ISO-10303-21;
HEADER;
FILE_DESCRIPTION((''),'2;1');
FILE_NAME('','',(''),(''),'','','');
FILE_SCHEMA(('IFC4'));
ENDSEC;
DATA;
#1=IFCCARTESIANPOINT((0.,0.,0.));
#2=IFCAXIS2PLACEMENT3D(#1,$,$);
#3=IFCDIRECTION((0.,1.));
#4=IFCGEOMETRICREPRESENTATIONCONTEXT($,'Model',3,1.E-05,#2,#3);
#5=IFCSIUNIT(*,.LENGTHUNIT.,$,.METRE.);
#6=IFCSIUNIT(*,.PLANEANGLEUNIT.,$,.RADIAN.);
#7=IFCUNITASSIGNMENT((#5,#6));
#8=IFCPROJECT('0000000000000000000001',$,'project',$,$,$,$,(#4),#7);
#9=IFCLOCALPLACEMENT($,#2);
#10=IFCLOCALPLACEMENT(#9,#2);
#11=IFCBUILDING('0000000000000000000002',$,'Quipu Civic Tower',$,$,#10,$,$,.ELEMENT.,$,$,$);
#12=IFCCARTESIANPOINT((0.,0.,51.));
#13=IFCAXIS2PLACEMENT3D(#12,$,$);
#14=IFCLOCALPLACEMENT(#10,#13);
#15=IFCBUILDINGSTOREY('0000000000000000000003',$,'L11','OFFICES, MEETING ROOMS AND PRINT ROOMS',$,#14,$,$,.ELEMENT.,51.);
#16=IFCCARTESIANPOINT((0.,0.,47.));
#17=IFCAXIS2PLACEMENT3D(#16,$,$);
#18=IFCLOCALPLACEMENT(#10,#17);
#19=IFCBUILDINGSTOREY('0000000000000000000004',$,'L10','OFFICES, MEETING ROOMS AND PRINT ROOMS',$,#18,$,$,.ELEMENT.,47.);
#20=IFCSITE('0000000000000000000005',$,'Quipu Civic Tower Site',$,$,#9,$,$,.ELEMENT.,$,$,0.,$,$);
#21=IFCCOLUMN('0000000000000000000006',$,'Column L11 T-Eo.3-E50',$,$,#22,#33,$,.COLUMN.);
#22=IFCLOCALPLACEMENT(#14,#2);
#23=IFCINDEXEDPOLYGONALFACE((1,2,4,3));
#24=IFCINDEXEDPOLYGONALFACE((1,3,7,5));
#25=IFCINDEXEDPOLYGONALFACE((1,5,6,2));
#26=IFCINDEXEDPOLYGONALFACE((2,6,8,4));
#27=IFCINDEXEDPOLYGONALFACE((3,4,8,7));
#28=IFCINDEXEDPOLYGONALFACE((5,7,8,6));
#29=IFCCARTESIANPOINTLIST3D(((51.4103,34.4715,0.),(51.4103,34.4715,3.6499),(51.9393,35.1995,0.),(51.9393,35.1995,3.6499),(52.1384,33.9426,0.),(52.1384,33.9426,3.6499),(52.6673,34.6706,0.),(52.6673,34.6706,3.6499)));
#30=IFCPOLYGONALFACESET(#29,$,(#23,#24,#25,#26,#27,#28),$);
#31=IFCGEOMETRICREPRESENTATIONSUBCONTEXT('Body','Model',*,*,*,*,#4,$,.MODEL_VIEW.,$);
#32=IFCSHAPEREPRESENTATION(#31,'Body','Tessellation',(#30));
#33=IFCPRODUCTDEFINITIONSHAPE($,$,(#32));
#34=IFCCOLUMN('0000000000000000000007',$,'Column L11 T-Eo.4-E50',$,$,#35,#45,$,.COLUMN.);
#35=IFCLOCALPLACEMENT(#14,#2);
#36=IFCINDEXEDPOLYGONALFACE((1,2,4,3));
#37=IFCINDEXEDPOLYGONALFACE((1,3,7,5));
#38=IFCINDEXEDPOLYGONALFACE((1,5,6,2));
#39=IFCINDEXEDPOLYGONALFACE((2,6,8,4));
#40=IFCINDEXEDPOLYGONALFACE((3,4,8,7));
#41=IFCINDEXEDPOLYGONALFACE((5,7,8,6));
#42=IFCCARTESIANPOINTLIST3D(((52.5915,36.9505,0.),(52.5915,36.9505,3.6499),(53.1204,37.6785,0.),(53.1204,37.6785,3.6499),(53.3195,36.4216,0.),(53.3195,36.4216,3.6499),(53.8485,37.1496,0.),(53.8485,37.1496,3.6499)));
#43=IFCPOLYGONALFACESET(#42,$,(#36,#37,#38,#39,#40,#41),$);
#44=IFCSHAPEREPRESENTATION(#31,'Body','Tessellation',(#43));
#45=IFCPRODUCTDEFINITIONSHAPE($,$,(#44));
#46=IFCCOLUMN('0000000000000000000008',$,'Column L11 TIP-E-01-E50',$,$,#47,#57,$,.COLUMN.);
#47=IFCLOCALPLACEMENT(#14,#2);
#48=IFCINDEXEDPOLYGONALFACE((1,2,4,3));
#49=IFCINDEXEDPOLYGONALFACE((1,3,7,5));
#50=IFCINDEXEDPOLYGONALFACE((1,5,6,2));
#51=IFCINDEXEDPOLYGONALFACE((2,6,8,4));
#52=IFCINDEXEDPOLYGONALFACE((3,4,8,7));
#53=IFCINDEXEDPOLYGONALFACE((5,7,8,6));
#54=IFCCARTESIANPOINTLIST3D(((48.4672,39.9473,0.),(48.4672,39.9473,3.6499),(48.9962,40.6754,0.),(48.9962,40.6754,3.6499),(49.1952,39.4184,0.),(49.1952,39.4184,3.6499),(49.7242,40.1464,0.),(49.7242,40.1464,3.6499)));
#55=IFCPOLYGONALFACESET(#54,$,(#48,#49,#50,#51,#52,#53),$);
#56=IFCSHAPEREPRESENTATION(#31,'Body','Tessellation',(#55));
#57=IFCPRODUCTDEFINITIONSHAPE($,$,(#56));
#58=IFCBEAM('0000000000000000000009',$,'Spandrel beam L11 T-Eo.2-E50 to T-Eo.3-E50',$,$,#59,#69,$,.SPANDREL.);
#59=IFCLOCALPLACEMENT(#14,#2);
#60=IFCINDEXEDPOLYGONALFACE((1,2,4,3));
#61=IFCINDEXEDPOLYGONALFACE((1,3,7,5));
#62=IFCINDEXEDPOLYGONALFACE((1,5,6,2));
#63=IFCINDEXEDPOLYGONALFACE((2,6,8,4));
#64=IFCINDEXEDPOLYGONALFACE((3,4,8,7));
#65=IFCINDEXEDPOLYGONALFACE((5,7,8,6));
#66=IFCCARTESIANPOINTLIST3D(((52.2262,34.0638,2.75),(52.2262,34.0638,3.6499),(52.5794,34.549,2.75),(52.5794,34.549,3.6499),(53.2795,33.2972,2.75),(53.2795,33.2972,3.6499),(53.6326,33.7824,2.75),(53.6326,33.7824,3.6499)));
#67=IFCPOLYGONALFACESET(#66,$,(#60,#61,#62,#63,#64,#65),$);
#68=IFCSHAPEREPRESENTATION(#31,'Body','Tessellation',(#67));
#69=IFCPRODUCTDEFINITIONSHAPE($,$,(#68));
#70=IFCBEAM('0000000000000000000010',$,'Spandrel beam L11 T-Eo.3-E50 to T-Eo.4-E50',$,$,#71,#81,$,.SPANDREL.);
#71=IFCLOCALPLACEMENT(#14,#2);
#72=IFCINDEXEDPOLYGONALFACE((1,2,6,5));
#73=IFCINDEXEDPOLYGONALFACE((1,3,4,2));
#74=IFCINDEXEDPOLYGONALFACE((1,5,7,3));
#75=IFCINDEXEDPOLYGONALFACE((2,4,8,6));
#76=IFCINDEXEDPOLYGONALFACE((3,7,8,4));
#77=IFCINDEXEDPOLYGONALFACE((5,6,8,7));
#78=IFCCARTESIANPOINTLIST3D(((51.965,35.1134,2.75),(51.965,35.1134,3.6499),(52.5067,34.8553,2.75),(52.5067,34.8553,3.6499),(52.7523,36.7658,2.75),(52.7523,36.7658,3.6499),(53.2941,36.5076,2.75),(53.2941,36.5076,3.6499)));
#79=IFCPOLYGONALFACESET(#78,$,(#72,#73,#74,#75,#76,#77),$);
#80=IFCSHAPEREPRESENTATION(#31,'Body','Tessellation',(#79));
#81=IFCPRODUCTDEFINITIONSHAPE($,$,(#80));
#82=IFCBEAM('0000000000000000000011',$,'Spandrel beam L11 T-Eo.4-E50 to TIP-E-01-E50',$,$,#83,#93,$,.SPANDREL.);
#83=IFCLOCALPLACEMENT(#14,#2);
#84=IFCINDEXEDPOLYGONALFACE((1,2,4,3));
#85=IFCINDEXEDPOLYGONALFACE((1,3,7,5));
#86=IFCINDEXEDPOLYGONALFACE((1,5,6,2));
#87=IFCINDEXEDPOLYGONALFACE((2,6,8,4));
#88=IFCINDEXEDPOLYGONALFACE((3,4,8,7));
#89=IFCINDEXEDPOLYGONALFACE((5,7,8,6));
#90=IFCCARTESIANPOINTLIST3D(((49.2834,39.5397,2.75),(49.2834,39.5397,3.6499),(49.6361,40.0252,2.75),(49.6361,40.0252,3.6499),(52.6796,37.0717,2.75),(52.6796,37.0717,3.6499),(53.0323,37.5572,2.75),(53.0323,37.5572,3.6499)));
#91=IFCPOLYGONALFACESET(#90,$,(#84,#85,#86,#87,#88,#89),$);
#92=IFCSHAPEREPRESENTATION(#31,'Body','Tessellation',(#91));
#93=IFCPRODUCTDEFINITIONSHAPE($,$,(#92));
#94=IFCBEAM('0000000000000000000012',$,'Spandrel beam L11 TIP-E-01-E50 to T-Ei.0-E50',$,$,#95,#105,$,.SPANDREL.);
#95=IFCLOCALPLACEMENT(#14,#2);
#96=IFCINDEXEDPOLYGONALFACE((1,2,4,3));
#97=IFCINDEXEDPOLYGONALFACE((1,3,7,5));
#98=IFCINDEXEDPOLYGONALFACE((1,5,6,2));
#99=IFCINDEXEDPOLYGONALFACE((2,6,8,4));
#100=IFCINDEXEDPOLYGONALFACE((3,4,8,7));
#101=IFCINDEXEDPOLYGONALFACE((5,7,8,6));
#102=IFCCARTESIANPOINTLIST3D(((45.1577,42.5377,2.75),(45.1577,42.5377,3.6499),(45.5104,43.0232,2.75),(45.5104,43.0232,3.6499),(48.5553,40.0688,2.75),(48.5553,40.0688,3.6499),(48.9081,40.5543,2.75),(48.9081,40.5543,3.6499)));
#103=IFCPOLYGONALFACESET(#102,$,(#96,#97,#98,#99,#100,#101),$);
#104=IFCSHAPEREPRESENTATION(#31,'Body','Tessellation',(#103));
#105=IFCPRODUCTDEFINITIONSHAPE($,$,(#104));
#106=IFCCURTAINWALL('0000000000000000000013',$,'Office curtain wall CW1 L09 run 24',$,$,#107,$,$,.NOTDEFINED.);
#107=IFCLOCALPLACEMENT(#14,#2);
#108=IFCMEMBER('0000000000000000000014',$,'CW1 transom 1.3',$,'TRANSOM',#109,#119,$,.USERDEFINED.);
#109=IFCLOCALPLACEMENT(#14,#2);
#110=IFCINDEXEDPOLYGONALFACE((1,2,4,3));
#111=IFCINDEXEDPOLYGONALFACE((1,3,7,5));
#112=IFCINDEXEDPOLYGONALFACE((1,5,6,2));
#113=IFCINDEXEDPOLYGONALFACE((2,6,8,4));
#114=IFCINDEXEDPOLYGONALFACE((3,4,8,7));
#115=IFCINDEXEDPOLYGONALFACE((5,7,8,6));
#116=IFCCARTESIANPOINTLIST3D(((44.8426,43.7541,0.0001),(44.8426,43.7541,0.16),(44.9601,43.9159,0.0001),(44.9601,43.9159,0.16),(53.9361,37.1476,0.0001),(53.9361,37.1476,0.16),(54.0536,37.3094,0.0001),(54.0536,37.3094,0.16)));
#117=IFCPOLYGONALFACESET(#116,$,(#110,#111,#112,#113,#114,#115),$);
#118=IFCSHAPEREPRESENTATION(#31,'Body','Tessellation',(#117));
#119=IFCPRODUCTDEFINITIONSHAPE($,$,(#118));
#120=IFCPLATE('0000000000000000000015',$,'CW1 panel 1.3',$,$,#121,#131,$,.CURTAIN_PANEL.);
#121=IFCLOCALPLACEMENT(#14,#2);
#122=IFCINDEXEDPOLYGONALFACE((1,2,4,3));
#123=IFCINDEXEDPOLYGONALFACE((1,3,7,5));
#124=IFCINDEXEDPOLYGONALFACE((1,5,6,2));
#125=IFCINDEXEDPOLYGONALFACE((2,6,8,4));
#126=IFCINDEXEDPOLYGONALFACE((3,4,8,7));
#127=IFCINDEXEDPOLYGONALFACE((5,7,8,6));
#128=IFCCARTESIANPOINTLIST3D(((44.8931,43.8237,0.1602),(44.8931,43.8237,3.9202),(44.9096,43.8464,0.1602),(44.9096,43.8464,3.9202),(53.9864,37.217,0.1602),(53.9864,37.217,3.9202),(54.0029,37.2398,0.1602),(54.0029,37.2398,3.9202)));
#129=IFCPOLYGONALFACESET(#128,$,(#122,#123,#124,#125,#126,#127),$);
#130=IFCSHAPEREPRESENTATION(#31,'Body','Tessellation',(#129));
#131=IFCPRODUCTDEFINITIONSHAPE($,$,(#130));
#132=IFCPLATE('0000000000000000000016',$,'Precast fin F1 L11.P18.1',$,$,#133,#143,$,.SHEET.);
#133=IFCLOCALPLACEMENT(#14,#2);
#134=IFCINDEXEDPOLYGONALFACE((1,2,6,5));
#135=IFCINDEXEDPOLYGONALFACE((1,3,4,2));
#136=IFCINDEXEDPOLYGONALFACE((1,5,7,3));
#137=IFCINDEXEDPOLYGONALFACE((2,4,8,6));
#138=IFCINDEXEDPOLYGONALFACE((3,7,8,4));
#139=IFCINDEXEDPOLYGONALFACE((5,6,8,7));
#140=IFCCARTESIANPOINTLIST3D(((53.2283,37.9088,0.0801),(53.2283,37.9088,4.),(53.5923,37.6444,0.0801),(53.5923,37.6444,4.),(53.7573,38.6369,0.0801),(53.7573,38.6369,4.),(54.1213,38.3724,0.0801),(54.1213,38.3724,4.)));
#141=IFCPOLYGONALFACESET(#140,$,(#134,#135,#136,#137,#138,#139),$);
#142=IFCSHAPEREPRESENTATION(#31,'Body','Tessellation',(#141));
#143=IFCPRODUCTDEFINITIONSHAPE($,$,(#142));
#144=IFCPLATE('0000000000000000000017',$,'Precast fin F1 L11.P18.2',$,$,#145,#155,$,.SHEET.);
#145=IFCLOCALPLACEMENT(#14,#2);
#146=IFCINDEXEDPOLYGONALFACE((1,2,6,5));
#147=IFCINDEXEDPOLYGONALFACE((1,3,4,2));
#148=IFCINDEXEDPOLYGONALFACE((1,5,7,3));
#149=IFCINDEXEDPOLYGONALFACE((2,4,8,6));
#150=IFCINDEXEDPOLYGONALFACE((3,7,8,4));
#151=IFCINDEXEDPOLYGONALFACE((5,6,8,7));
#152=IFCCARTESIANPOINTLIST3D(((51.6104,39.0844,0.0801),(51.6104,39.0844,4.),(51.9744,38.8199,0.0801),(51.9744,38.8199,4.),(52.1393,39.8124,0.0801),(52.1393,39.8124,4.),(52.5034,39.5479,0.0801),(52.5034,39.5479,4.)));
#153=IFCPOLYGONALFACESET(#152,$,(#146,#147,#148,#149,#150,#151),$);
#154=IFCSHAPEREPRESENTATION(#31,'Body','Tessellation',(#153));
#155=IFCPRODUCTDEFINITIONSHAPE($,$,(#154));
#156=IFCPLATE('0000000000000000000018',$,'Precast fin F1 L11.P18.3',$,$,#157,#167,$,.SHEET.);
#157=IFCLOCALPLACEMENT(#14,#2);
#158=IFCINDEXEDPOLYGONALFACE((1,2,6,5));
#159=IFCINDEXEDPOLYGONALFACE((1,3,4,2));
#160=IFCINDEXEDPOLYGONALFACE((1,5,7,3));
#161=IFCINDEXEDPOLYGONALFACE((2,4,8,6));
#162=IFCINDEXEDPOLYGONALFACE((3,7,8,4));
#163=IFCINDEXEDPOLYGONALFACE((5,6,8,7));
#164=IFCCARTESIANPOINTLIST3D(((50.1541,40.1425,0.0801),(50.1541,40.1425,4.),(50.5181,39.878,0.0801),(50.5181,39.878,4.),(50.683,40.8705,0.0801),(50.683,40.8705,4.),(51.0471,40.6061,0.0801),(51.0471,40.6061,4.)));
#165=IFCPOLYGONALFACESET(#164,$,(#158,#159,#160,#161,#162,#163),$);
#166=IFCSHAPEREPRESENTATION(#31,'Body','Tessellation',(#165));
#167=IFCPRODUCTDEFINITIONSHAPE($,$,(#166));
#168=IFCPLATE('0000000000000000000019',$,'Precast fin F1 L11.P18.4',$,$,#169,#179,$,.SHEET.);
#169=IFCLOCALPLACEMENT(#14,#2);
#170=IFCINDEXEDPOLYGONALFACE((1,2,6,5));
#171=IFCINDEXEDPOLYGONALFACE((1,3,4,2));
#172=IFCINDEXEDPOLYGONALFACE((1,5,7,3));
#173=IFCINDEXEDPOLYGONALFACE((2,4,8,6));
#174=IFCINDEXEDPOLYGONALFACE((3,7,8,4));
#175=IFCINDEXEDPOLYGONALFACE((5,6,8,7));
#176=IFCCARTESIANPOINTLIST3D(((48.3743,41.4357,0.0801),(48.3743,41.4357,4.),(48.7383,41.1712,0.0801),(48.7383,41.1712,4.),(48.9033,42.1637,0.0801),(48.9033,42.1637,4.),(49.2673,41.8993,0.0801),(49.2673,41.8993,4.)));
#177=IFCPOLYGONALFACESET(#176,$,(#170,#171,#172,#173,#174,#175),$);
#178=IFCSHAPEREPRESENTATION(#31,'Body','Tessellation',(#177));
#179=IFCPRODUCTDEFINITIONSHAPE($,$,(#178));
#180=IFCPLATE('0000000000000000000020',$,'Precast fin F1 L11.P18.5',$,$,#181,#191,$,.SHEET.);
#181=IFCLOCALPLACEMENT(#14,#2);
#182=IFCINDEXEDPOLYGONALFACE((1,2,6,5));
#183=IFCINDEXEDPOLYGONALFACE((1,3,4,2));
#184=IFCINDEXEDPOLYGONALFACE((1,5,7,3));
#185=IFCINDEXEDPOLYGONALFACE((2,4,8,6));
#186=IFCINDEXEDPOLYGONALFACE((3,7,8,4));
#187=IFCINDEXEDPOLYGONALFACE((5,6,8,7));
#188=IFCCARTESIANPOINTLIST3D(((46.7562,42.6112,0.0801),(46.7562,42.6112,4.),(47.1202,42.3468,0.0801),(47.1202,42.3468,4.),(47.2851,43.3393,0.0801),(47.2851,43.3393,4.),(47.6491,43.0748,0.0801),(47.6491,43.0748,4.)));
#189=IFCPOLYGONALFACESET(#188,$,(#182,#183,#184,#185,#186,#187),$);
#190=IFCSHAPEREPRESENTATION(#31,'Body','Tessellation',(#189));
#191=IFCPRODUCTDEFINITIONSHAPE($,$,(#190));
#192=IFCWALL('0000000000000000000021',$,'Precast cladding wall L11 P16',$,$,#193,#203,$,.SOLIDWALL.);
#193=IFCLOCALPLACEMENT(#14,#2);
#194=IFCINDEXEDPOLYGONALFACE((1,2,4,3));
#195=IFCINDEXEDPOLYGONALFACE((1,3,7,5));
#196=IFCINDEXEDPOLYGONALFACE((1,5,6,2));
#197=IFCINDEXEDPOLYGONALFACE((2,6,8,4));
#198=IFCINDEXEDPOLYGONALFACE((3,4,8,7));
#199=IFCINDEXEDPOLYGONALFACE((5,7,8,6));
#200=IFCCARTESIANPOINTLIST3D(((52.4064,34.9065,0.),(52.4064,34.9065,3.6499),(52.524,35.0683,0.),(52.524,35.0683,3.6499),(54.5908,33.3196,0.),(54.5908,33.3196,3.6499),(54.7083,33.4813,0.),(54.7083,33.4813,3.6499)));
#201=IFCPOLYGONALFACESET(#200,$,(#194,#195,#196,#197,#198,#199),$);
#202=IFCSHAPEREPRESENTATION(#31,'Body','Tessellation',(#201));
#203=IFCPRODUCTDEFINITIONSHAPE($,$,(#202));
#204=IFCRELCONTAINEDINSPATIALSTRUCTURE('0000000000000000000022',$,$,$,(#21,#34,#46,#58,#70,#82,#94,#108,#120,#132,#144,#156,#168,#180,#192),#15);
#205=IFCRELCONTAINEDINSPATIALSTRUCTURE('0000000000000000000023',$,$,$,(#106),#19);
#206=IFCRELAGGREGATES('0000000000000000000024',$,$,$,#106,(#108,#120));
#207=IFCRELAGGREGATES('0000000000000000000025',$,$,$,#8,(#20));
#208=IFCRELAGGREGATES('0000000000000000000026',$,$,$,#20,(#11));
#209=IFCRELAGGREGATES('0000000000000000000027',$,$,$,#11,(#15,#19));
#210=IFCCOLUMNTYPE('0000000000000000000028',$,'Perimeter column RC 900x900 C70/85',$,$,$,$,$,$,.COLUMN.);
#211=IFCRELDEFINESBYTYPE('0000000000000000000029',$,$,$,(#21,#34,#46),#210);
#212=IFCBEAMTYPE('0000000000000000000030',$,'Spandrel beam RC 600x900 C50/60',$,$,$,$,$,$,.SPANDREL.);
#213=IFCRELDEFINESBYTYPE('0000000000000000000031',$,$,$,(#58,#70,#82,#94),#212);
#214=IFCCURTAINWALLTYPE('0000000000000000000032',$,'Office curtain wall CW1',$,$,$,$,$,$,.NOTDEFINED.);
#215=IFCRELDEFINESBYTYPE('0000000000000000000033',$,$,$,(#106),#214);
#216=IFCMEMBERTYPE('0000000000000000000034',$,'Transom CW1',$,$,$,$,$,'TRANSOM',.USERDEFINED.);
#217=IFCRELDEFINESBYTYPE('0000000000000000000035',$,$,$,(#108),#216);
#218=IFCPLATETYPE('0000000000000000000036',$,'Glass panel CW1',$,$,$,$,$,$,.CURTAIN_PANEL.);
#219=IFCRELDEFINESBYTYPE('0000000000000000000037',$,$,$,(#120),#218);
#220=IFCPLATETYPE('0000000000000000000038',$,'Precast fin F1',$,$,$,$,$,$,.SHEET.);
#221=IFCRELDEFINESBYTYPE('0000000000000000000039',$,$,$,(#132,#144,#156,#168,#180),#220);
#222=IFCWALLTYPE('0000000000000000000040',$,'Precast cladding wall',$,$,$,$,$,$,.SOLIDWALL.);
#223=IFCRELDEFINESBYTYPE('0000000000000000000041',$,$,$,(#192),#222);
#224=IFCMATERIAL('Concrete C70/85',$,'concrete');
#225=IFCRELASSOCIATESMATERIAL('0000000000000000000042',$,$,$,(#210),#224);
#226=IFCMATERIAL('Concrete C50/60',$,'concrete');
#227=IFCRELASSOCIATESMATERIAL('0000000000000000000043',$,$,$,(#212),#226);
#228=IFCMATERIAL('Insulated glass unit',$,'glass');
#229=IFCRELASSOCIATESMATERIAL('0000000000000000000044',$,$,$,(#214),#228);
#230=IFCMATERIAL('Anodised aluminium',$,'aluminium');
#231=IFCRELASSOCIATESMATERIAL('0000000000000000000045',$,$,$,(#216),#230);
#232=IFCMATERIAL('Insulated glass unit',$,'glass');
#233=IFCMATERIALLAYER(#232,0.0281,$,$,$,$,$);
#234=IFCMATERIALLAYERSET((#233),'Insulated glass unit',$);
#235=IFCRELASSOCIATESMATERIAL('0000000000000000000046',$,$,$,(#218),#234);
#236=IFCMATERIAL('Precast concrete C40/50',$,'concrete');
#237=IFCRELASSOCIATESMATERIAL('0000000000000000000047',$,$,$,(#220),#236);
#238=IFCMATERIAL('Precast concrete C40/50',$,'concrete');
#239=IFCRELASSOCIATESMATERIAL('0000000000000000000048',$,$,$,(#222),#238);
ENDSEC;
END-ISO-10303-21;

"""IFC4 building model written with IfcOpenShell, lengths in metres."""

from ifc_helpers import new_model, si_unit, direction, frame, frame_2d, origin, origin_2d, place, context, subcontext, project, spatial, rectangle, extrude, material, layer, layer_set, material_profile, profile_set, type_object, element, aggregate, save


model = new_model("IFC4")

# Units and contexts
model_context = context("Model", 3, precision=1e-05, world=origin(), true_north=direction((0.0, 1.0)))
body_context = subcontext(model_context, "Body", "Model", "MODEL_VIEW")
ifc_project = project(units=[si_unit("LENGTHUNIT", "METRE"), si_unit("PLANEANGLEUNIT", "RADIAN")], contexts=[model_context])

# Site, building, storey
site_placement = place(None, origin())
site = spatial("IfcSite", under=ifc_project, at=site_placement, Name="Quipu Civic Tower Site", CompositionType="ELEMENT", RefElevation=0.0)
building_placement = place(site_placement, origin())
building = spatial("IfcBuilding", under=site, at=building_placement, Name="Quipu Civic Tower", CompositionType="ELEMENT")
storey_1_placement = place(building_placement, frame((0.0, 0.0, 51.0)))
storey_1 = spatial("IfcBuildingStorey", under=building, at=storey_1_placement, Name="L11", Description="OFFICES, MEETING ROOMS AND PRINT ROOMS", CompositionType="ELEMENT", Elevation=51.0)

# Columns
ifc_material_1 = material(Name="Concrete C70/85", Category="concrete")
ifc_material_profile_1 = material_profile(ifc_material_1, rectangle(XDim=0.8999, YDim=0.8999, at=origin_2d()), Name="RC900x900")
ifc_profile_set_1 = profile_set([ifc_material_profile_1], Name="Concrete C70/85")
column_type = type_object("IfcColumnType", Name="Perimeter column RC 900x900 C70/85", PredefinedType="COLUMN", material=ifc_profile_set_1)
for number, where, z_axis, x_axis, name in (
    (1, (52.0388, 34.571, 0.0), (0.0, 0.0, 1.0), (0.587785, 0.809017, 0.0), "Column L11 T-Eo.3-E50"),
    (2, (53.22, 37.05, 0.0), (0.0, 0.0, 1.0), (-0.809017, 0.587785, 0.0), "Column L11 T-Eo.4-E50"),
    (3, (49.0957, 40.0469, 0.0), (0.0, 0.0, 1.0), (-0.809017, 0.587785, 0.0), "Column L11 TIP-E-01-E50"),
):
    element("IfcColumn", number, at=place(storey_1_placement, frame(where, z_axis=z_axis, x_axis=x_axis)), inside=storey_1, type_object=column_type, Name=name, PredefinedType="COLUMN", context=body_context, shape_type="SweptSolid", body=[
        extrude(rectangle(XDim=0.8999, YDim=0.8999, at=origin_2d()), origin(), (0.0, 0.0, 1.0), 3.6499),
    ])

# Beams
ifc_material_2 = material(Name="Concrete C50/60", Category="concrete")
ifc_material_profile_2 = material_profile(ifc_material_2, rectangle(XDim=0.6001, YDim=0.8999, at=origin_2d()), Name="RC600x900")
ifc_profile_set_2 = profile_set([ifc_material_profile_2], Name="Concrete C50/60")
beam_type = type_object("IfcBeamType", Name="Spandrel beam RC 600x900 C50/60", PredefinedType="SPANDREL", material=ifc_profile_set_2)
beam_1_placement = place(storey_1_placement, frame((53.4561, 33.5398, 3.2), z_axis=(-0.808509, 0.588484, 0.0), x_axis=(-0.588484, -0.808509, 0.0)))
element("IfcBeam", 4, at=beam_1_placement, inside=storey_1, type_object=beam_type, Name="Spandrel beam L11 T-Eo.2-E50 to T-Eo.3-E50", PredefinedType="SPANDREL", context=body_context, shape_type="SweptSolid", body=[
    extrude(rectangle(XDim=0.6001, YDim=0.8999, at=origin_2d()), origin(), (0.0, 0.0, 1.0), 1.3027),
])
beam_2_placement = place(storey_1_placement, frame((52.2358, 34.9844, 3.2), z_axis=(0.430167, 0.90275, 0.0), x_axis=(-0.90275, 0.430167, 0.0)))
element("IfcBeam", 5, at=beam_2_placement, inside=storey_1, type_object=beam_type, Name="Spandrel beam L11 T-Eo.3-E50 to T-Eo.4-E50", PredefinedType="SPANDREL", context=body_context, shape_type="SweptSolid", body=[
    extrude(rectangle(XDim=0.6001, YDim=0.8999, at=origin_2d()), origin(), (0.0, 0.0, 1.0), 1.8303),
])
beam_3_placement = place(storey_1_placement, frame((52.856, 37.3145, 3.2), z_axis=(-0.80896, 0.587864, 0.0), x_axis=(-0.587864, -0.80896, 0.0)))
element("IfcBeam", 6, at=beam_3_placement, inside=storey_1, type_object=beam_type, Name="Spandrel beam L11 T-Eo.4-E50 to TIP-E-01-E50", PredefinedType="SPANDREL", context=body_context, shape_type="SweptSolid", body=[
    extrude(rectangle(XDim=0.6001, YDim=0.8999, at=origin_2d()), origin(), (0.0, 0.0, 1.0), 4.1982),
])
beam_4_placement = place(storey_1_placement, frame((48.7317, 40.3115, 3.2), z_axis=(-0.80897, 0.58785, 0.0), x_axis=(-0.58785, -0.80897, 0.0)))
element("IfcBeam", 7, at=beam_4_placement, inside=storey_1, type_object=beam_type, Name="Spandrel beam L11 TIP-E-01-E50 to T-Ei.0-E50", PredefinedType="SPANDREL", context=body_context, shape_type="SweptSolid", body=[
    extrude(rectangle(XDim=0.6001, YDim=0.8999, at=origin_2d()), origin(), (0.0, 0.0, 1.0), 4.2),
])

# Shared definitions
storey_2_placement = place(building_placement, frame((0.0, 0.0, 47.0)))
storey_2 = spatial("IfcBuildingStorey", under=building, at=storey_2_placement, Name="L10", Description="OFFICES, MEETING ROOMS AND PRINT ROOMS", CompositionType="ELEMENT", Elevation=47.0)

# Curtain wall, member, plate
ifc_material_3 = material(Name="Insulated glass unit", Category="glass")
curtain_wall_type = type_object("IfcCurtainWallType", Name="Office curtain wall CW1", PredefinedType="NOTDEFINED", material=ifc_material_3)
curtain_wall_placement = place(storey_2_placement, origin())
curtain_wall = element("IfcCurtainWall", 8, at=curtain_wall_placement, inside=storey_2, type_object=curtain_wall_type, Name="Office curtain wall CW1 L09 run 24", PredefinedType="NOTDEFINED")
ifc_material_4 = material(Name="Anodised aluminium", Category="aluminium")
ifc_material_profile_3 = material_profile(ifc_material_4, rectangle(XDim=0.2, YDim=0.1599, at=origin_2d()), Name="RECT 200x160")
ifc_profile_set_3 = profile_set([ifc_material_profile_3], Name="Anodised aluminium")
member_type = type_object("IfcMemberType", Name="Transom CW1", ElementType="TRANSOM", PredefinedType="USERDEFINED", material=ifc_profile_set_3)
member_placement = place(storey_1_placement, frame((53.9949, 37.2285, 0.0801), z_axis=(-0.809033, 0.587764, 0.0), x_axis=(-0.587764, -0.809033, 0.0)))
member = element("IfcMember", 9, at=member_placement, inside=storey_1, type_object=member_type, Name="CW1 transom 1.3", ObjectType="TRANSOM", PredefinedType="USERDEFINED", context=body_context, shape_type="SweptSolid", body=[
    extrude(rectangle(XDim=0.2, YDim=0.1599, at=origin_2d()), origin(), (0.0, 0.0, 1.0), 11.24),
])
ifc_material_5 = material(Name="Insulated glass unit", Category="glass")
ifc_layer = layer(ifc_material_5, 0.0281)
ifc_layer_set = layer_set([ifc_layer], Name="Insulated glass unit")
plate_type_1 = type_object("IfcPlateType", Name="Glass panel CW1", PredefinedType="CURTAIN_PANEL", material=ifc_layer_set)
plate_placement = place(storey_1_placement, frame((49.448, 40.5317, 0.1602), z_axis=(0.0, 0.0, 1.0), x_axis=(-0.809019, 0.587782, 0.0)))
plate = element("IfcPlate", 10, at=plate_placement, inside=storey_1, type_object=plate_type_1, Name="CW1 panel 1.3", PredefinedType="CURTAIN_PANEL", context=body_context, shape_type="SweptSolid", body=[
    extrude(rectangle(XDim=11.24, YDim=0.0281, at=origin_2d()), origin(), (0.0, 0.0, 1.0), 3.76),
])
aggregate(curtain_wall, [member, plate])

# Plates
ifc_material_6 = material(Name="Precast concrete C40/50", Category="concrete")
plate_type_2 = type_object("IfcPlateType", Name="Precast fin F1", PredefinedType="SHEET", material=ifc_material_6)
for number, where, z_axis, x_axis, name in (
    (11, (53.6748, 38.1406, 0.0801), (0.0, 0.0, 1.0), (-0.809021, 0.587779, 0.0), "Precast fin F1 L11.P18.1"),
    (12, (52.0569, 39.3162, 0.0801), (0.0, 0.0, 1.0), (-0.809021, 0.587779, 0.0), "Precast fin F1 L11.P18.2"),
    (13, (50.6006, 40.3743, 0.0801), (0.0, 0.0, 1.0), (-0.809021, 0.587779, 0.0), "Precast fin F1 L11.P18.3"),
    (14, (48.8208, 41.6675, 0.0801), (0.0, 0.0, 1.0), (-0.809021, 0.587779, 0.0), "Precast fin F1 L11.P18.4"),
    (15, (47.2026, 42.843, 0.0801), (0.0, 0.0, 1.0), (-0.809021, 0.587779, 0.0), "Precast fin F1 L11.P18.5"),
):
    element("IfcPlate", number, at=place(storey_1_placement, frame(where, z_axis=z_axis, x_axis=x_axis)), inside=storey_1, type_object=plate_type_2, Name=name, PredefinedType="SHEET", context=body_context, shape_type="SweptSolid", body=[
        extrude(rectangle(XDim=0.45, YDim=0.8999, at=origin_2d()), origin(), (0.0, 0.0, 1.0), 3.9199),
    ])

# Wall
ifc_material_7 = material(Name="Precast concrete C40/50", Category="concrete")
wall_type = type_object("IfcWallType", Name="Precast cladding wall", PredefinedType="SOLIDWALL", material=ifc_material_7)
for number, where, z_axis, x_axis, name in (
    (16, (54.6497, 33.4004, 0.0), (0.0, 0.0, 1.0), (-0.809033, 0.587763, 0.0), "Precast cladding wall L11 P16"),
):
    element("IfcWall", number, at=place(storey_1_placement, frame(where, z_axis=z_axis, x_axis=x_axis)), inside=storey_1, type_object=wall_type, Name=name, PredefinedType="SOLIDWALL", context=body_context, shape_type="SweptSolid", body=[
        extrude(rectangle(XDim=2.7, YDim=0.2, at=frame_2d((1.3501, 0.0))), origin(), (0.0, 0.0, 1.0), 3.6499),
    ])

save(model, "model.ifc")
